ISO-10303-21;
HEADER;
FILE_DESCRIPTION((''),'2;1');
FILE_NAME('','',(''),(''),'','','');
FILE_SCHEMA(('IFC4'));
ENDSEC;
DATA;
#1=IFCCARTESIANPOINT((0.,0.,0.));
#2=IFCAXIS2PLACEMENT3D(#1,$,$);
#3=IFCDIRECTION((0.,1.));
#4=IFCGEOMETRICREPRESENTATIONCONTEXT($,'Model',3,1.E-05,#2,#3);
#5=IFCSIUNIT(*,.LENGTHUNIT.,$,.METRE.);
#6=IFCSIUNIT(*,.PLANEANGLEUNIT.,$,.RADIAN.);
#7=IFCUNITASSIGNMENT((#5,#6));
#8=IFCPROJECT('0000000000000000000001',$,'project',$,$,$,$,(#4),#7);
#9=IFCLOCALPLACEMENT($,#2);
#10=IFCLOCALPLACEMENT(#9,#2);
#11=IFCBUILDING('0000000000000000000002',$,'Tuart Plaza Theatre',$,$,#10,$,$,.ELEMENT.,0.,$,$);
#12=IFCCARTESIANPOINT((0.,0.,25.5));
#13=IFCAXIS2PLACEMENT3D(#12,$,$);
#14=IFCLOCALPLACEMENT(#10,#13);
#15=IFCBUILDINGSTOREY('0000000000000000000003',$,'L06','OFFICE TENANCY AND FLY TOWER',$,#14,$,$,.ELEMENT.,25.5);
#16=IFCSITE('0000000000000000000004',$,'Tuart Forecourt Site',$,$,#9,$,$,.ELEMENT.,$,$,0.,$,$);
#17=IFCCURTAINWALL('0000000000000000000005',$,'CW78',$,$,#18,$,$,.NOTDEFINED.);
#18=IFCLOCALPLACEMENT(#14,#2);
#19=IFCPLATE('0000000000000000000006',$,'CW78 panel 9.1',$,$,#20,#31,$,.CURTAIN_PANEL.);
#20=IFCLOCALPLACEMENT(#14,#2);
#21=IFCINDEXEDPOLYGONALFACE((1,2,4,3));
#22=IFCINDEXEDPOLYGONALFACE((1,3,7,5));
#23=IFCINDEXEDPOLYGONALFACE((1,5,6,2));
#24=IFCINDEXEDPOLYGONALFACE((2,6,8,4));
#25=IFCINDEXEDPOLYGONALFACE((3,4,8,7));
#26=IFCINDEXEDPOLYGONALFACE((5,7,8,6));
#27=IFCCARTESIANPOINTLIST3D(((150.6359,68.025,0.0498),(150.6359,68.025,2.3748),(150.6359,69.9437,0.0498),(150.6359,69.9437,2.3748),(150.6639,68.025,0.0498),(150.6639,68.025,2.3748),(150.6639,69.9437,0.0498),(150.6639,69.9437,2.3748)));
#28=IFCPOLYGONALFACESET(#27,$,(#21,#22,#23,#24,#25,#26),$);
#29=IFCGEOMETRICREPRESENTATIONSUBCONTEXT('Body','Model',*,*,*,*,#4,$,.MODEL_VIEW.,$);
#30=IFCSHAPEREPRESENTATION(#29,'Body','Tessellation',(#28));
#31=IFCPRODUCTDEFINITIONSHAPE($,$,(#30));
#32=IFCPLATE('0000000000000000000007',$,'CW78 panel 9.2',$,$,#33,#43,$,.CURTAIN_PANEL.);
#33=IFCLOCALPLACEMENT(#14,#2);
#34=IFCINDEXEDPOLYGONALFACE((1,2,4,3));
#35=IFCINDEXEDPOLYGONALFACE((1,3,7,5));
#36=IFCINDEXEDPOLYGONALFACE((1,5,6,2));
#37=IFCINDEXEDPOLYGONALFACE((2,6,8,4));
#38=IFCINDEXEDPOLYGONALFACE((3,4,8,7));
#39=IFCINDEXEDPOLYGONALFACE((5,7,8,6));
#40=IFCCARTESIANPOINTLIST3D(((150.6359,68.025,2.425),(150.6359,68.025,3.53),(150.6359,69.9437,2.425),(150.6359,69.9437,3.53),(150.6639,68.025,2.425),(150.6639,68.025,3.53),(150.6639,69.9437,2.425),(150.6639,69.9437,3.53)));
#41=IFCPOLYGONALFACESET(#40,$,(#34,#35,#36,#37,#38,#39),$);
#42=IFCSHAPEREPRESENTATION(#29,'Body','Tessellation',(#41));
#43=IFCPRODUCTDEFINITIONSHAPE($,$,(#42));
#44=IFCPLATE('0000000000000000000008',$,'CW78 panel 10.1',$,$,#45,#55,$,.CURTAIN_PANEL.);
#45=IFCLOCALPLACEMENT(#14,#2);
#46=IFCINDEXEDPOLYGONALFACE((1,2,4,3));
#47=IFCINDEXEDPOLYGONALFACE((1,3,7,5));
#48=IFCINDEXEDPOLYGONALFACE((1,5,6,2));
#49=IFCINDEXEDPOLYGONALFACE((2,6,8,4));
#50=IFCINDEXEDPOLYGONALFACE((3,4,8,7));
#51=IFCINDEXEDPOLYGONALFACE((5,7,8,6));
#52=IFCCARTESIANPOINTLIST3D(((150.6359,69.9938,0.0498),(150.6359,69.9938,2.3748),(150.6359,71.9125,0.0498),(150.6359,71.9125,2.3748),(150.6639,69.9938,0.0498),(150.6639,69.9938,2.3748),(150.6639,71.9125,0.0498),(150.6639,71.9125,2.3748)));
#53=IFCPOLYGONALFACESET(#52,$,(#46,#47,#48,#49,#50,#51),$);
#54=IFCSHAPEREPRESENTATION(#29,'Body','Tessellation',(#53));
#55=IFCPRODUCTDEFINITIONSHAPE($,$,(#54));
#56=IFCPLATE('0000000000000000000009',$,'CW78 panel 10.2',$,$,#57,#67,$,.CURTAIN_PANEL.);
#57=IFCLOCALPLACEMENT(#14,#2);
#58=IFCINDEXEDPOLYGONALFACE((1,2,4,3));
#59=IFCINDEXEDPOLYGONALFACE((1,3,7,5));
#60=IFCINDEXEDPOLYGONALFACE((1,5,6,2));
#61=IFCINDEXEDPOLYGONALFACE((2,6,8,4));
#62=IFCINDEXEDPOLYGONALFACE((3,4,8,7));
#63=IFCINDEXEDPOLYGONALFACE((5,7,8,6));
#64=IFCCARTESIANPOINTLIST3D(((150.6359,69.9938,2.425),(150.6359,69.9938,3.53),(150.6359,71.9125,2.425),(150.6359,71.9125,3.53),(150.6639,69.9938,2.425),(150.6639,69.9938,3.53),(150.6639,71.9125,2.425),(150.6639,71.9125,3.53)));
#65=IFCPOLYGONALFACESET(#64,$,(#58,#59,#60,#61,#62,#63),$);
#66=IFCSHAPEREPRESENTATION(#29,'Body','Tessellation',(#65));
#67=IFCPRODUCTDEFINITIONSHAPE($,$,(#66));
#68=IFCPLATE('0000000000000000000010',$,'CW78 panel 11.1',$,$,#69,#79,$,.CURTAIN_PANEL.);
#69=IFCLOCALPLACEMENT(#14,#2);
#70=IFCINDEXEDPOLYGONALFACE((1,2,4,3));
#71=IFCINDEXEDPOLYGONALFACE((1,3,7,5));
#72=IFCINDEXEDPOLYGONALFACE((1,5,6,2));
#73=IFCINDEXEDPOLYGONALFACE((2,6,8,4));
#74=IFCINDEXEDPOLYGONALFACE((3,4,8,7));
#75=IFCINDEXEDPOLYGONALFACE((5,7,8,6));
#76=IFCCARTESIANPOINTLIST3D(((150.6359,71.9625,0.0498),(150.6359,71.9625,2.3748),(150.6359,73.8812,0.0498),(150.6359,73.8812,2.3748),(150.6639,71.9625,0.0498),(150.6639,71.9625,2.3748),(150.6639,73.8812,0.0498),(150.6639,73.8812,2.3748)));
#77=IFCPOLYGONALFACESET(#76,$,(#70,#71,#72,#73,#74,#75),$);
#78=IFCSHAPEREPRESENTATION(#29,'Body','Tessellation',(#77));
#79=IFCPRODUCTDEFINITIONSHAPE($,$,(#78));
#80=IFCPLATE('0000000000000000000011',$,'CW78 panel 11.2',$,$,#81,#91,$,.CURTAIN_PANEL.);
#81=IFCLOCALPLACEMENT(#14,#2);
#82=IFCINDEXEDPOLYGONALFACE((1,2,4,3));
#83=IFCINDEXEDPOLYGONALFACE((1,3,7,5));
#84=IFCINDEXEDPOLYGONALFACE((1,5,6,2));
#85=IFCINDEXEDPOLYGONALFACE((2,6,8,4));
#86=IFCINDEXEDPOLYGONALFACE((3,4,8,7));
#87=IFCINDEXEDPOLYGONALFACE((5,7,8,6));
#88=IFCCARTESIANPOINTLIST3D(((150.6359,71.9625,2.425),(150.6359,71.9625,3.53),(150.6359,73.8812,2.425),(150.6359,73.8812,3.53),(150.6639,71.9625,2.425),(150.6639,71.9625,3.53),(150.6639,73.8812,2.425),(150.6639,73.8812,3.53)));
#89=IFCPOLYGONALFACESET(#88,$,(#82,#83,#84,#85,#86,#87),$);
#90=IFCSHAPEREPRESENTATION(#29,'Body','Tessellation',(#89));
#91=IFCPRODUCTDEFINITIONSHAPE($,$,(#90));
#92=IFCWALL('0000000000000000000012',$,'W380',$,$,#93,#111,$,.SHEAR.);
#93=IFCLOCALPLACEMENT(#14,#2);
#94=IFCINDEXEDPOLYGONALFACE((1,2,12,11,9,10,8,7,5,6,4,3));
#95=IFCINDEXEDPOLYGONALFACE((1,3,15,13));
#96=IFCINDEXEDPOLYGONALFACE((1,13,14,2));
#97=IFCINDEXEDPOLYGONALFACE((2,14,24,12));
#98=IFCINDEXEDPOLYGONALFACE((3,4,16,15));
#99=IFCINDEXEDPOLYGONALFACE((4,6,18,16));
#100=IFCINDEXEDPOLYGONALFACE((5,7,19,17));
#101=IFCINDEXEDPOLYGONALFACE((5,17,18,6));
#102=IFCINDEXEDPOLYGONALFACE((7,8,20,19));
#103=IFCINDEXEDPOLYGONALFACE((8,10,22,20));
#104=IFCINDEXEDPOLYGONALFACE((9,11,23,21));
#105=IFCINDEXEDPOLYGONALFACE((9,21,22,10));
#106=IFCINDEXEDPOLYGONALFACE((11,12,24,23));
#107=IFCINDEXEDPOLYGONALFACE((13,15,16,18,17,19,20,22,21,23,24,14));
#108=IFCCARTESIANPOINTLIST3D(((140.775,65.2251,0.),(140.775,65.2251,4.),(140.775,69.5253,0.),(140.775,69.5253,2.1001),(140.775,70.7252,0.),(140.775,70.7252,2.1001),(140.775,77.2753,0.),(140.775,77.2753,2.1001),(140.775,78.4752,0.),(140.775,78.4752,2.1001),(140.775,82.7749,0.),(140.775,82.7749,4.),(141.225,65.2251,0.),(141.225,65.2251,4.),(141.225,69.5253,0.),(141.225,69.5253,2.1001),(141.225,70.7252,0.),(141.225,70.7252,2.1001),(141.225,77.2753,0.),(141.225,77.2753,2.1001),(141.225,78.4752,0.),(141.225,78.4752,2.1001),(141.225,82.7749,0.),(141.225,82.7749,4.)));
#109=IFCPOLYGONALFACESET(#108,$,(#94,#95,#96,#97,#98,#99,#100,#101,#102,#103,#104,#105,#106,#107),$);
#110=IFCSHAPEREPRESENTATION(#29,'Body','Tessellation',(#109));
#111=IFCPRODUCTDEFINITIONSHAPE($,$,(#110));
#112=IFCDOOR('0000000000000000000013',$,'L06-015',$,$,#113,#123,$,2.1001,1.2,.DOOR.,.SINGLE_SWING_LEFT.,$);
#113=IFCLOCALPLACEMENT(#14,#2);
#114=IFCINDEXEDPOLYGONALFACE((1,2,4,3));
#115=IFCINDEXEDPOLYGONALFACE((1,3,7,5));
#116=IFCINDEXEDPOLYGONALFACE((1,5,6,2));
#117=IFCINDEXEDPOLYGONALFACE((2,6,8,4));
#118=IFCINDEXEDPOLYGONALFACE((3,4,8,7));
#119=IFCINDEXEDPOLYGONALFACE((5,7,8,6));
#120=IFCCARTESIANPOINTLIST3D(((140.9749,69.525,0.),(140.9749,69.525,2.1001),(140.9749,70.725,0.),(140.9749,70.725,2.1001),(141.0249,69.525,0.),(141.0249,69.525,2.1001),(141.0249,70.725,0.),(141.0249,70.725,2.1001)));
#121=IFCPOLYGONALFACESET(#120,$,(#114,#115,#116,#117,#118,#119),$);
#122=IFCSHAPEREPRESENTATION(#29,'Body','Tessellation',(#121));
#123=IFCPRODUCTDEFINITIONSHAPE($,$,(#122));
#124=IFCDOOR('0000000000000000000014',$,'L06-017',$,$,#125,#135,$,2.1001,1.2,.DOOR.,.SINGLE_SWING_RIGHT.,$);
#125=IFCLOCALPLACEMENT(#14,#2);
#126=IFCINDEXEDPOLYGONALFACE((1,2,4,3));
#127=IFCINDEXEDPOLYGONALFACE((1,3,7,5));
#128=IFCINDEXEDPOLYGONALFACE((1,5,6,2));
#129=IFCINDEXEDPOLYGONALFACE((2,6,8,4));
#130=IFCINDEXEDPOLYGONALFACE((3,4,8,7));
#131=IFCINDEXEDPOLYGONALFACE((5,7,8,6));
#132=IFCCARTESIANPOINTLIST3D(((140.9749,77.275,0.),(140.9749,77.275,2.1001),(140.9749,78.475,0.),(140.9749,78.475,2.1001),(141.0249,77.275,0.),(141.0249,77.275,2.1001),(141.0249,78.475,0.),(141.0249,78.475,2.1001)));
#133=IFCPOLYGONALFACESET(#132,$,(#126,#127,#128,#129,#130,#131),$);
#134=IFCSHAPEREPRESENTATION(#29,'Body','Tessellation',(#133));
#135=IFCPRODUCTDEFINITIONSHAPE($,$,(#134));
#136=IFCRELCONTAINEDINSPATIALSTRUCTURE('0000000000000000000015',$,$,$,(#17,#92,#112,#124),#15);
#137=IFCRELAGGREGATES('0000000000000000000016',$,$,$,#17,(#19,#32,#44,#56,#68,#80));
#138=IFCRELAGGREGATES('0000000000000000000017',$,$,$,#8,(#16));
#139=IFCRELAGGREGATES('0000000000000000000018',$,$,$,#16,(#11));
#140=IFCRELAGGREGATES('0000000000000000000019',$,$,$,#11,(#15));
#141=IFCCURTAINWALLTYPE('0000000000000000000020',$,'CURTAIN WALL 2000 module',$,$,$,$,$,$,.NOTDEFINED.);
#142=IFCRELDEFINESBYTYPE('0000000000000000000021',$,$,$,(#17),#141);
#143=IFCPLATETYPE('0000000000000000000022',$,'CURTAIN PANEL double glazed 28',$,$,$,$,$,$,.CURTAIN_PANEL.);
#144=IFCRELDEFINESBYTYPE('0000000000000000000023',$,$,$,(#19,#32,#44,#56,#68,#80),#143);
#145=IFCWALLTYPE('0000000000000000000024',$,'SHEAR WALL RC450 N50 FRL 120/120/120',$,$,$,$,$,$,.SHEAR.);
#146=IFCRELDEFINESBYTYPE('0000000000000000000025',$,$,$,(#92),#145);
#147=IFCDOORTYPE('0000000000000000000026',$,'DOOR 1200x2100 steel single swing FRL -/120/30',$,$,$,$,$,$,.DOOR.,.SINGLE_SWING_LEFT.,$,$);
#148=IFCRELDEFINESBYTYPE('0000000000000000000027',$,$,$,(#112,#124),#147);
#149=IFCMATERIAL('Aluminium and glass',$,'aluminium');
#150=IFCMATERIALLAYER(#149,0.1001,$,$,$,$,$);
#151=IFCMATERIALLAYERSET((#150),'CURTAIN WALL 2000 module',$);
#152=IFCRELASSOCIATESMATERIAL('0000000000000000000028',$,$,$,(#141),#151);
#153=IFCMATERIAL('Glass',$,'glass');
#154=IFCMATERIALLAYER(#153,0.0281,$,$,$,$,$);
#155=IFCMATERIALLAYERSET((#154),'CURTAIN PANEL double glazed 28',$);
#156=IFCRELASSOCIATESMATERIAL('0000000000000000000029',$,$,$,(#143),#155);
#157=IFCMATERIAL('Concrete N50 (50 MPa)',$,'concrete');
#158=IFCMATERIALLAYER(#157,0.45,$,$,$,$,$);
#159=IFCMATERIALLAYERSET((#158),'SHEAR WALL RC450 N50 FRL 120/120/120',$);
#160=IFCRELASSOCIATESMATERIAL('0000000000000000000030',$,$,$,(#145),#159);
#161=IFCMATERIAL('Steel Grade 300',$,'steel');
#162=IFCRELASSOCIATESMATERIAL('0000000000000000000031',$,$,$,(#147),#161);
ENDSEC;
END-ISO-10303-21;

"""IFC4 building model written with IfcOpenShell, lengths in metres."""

from ifc_helpers import new_model, si_unit, direction, frame, frame_2d, origin, origin_2d, place, context, subcontext, project, spatial, rectangle, extrude, material, layer, layer_set, type_object, element, fill, aggregate, save


model = new_model("IFC4")

# Units and contexts
model_context = context("Model", 3, precision=1e-05, world=origin(), true_north=direction((0.0, 1.0)))
body_context = subcontext(model_context, "Body", "Model", "MODEL_VIEW")
ifc_project = project(units=[si_unit("LENGTHUNIT", "METRE"), si_unit("PLANEANGLEUNIT", "RADIAN")], contexts=[model_context])

# Site, building, storey
site_placement = place(None, origin())
site = spatial("IfcSite", under=ifc_project, at=site_placement, Name="Tuart Forecourt Site", CompositionType="ELEMENT", RefElevation=0.0)
building_placement = place(site_placement, origin())
building = spatial("IfcBuilding", under=site, at=building_placement, Name="Tuart Plaza Theatre", CompositionType="ELEMENT", ElevationOfRefHeight=0.0)
storey_placement = place(building_placement, frame((0.0, 0.0, 25.5)))
storey = spatial("IfcBuildingStorey", under=building, at=storey_placement, Name="L06", Description="OFFICE TENANCY AND FLY TOWER", CompositionType="ELEMENT", Elevation=25.5)

# Curtain wall, plates
ifc_material_1 = material(Name="Aluminium and glass", Category="aluminium")
ifc_layer_1 = layer(ifc_material_1, 0.1001)
ifc_layer_set_1 = layer_set([ifc_layer_1], Name="CURTAIN WALL 2000 module")
curtain_wall_type = type_object("IfcCurtainWallType", Name="CURTAIN WALL 2000 module", PredefinedType="NOTDEFINED", material=ifc_layer_set_1)
curtain_wall_placement = place(storey_placement, origin())
curtain_wall = element("IfcCurtainWall", 1, at=curtain_wall_placement, inside=storey, type_object=curtain_wall_type, Name="CW78", PredefinedType="NOTDEFINED")
ifc_material_2 = material(Name="Glass", Category="glass")
ifc_layer_2 = layer(ifc_material_2, 0.0281)
ifc_layer_set_2 = layer_set([ifc_layer_2], Name="CURTAIN PANEL double glazed 28")
plate_type = type_object("IfcPlateType", Name="CURTAIN PANEL double glazed 28", PredefinedType="CURTAIN_PANEL", material=ifc_layer_set_2)
plate_1_placement = place(storey_placement, frame((150.6499, 68.9844, 0.0498), z_axis=(0.0, 0.0, 1.0), x_axis=(0.0, 1.0, 0.0)))
plate_1 = element("IfcPlate", 2, at=plate_1_placement, type_object=plate_type, Name="CW78 panel 9.1", PredefinedType="CURTAIN_PANEL", context=body_context, shape_type="SweptSolid", body=[
    extrude(rectangle(XDim=1.9187, YDim=0.0281, at=origin_2d()), origin(), (0.0, 0.0, 1.0), 2.325),
])
plate_2_placement = place(storey_placement, frame((150.6499, 68.9844, 2.425), z_axis=(0.0, 0.0, 1.0), x_axis=(0.0, 1.0, 0.0)))
plate_2 = element("IfcPlate", 3, at=plate_2_placement, type_object=plate_type, Name="CW78 panel 9.2", PredefinedType="CURTAIN_PANEL", context=body_context, shape_type="SweptSolid", body=[
    extrude(rectangle(XDim=1.9187, YDim=0.0281, at=origin_2d()), origin(), (0.0, 0.0, 1.0), 1.105),
])
plate_3_placement = place(storey_placement, frame((150.6499, 70.9531, 0.0498), z_axis=(0.0, 0.0, 1.0), x_axis=(0.0, 1.0, 0.0)))
plate_3 = element("IfcPlate", 4, at=plate_3_placement, type_object=plate_type, Name="CW78 panel 10.1", PredefinedType="CURTAIN_PANEL", context=body_context, shape_type="SweptSolid", body=[
    extrude(rectangle(XDim=1.9187, YDim=0.0281, at=origin_2d()), origin(), (0.0, 0.0, 1.0), 2.325),
])
plate_4_placement = place(storey_placement, frame((150.6499, 70.9531, 2.425), z_axis=(0.0, 0.0, 1.0), x_axis=(0.0, 1.0, 0.0)))
plate_4 = element("IfcPlate", 5, at=plate_4_placement, type_object=plate_type, Name="CW78 panel 10.2", PredefinedType="CURTAIN_PANEL", context=body_context, shape_type="SweptSolid", body=[
    extrude(rectangle(XDim=1.9187, YDim=0.0281, at=origin_2d()), origin(), (0.0, 0.0, 1.0), 1.105),
])
plate_5_placement = place(storey_placement, frame((150.6499, 72.9219, 0.0498), z_axis=(0.0, 0.0, 1.0), x_axis=(0.0, 1.0, 0.0)))
plate_5 = element("IfcPlate", 6, at=plate_5_placement, type_object=plate_type, Name="CW78 panel 11.1", PredefinedType="CURTAIN_PANEL", context=body_context, shape_type="SweptSolid", body=[
    extrude(rectangle(XDim=1.9187, YDim=0.0281, at=origin_2d()), origin(), (0.0, 0.0, 1.0), 2.325),
])
plate_6_placement = place(storey_placement, frame((150.6499, 72.9219, 2.425), z_axis=(0.0, 0.0, 1.0), x_axis=(0.0, 1.0, 0.0)))
plate_6 = element("IfcPlate", 7, at=plate_6_placement, type_object=plate_type, Name="CW78 panel 11.2", PredefinedType="CURTAIN_PANEL", context=body_context, shape_type="SweptSolid", body=[
    extrude(rectangle(XDim=1.9187, YDim=0.0281, at=origin_2d()), origin(), (0.0, 0.0, 1.0), 1.105),
])
aggregate(curtain_wall, [plate_1, plate_2, plate_3, plate_4, plate_5, plate_6])

# Wall, openings, doors
ifc_material_3 = material(Name="Concrete N50 (50 MPa)", Category="concrete")
ifc_layer_3 = layer(ifc_material_3, 0.45)
ifc_layer_set_3 = layer_set([ifc_layer_3], Name="SHEAR WALL RC450 N50 FRL 120/120/120")
wall_type = type_object("IfcWallType", Name="SHEAR WALL RC450 N50 FRL 120/120/120", PredefinedType="SHEAR", material=ifc_layer_set_3)
wall_placement = place(storey_placement, frame((141.0, 65.2251, 0.0), z_axis=(0.0, 0.0, 1.0), x_axis=(0.0, 1.0, 0.0)))
wall = element("IfcWall", 8, at=wall_placement, inside=storey, type_object=wall_type, Name="W380", PredefinedType="SHEAR", context=body_context, shape_type="SweptSolid", body=[
    extrude(rectangle(XDim=17.5498, YDim=0.45, at=frame_2d((8.7749, 0.0))), origin(), (0.0, 0.0, 1.0), 4.0),
])
opening_1_placement = place(wall_placement, frame((4.3, 0.0, 0.0)))
opening_1 = element("IfcOpeningElement", 9, at=opening_1_placement, cuts=wall, PredefinedType="OPENING", context=body_context, shape_type="SweptSolid", body=[
    extrude(rectangle(XDim=1.2, YDim=2.1001, at=frame_2d((0.6001, 1.05))), frame((0.0, 0.2349, 0.0), z_axis=(0.0, -1.0, 0.0), x_axis=(1.0, 0.0, 0.0)), (0.0, 0.0, 1.0), 0.47),
])
opening_2_placement = place(wall_placement, frame((12.05, 0.0, 0.0)))
opening_2 = element("IfcOpeningElement", 10, at=opening_2_placement, cuts=wall, PredefinedType="OPENING", context=body_context, shape_type="SweptSolid", body=[
    extrude(rectangle(XDim=1.2, YDim=2.1001, at=frame_2d((0.6001, 1.05))), frame((0.0, 0.2349, 0.0), z_axis=(0.0, -1.0, 0.0), x_axis=(1.0, 0.0, 0.0)), (0.0, 0.0, 1.0), 0.47),
])
ifc_material_4 = material(Name="Steel Grade 300", Category="steel")
door_type = type_object("IfcDoorType", Name="DOOR 1200x2100 steel single swing FRL -/120/30", OperationType="SINGLE_SWING_LEFT", PredefinedType="DOOR", material=ifc_material_4)
door_1_placement = place(opening_1_placement, frame((1.2, 0.0, 0.0), z_axis=(0.0, 0.0, 1.0), x_axis=(-1.0, 0.0, 0.0)))
door_1 = element("IfcDoor", 11, at=door_1_placement, inside=storey, type_object=door_type, Name="L06-015", OperationType="SINGLE_SWING_LEFT", OverallHeight=2.1001, OverallWidth=1.2, PredefinedType="DOOR", context=body_context, shape_type="SweptSolid", body=[
    extrude(rectangle(XDim=1.2, YDim=2.1001, at=frame_2d((0.6001, 1.05))), frame((0.0, 0.0249, 0.0), z_axis=(0.0, -1.0, 0.0), x_axis=(1.0, 0.0, 0.0)), (0.0, 0.0, 1.0), 0.05),
])
fill(opening_1, door_1)
door_2_placement = place(opening_2_placement, frame((1.2, 0.0, 0.0), z_axis=(0.0, 0.0, 1.0), x_axis=(-1.0, 0.0, 0.0)))
door_2 = element("IfcDoor", 12, at=door_2_placement, inside=storey, type_object=door_type, Name="L06-017", OperationType="SINGLE_SWING_RIGHT", OverallHeight=2.1001, OverallWidth=1.2, PredefinedType="DOOR", context=body_context, shape_type="SweptSolid", body=[
    extrude(rectangle(XDim=1.2, YDim=2.1001, at=frame_2d((0.6001, 1.05))), frame((0.0, 0.0249, 0.0), z_axis=(0.0, -1.0, 0.0), x_axis=(1.0, 0.0, 0.0)), (0.0, 0.0, 1.0), 0.05),
])
fill(opening_2, door_2)

save(model, "model.ifc")
